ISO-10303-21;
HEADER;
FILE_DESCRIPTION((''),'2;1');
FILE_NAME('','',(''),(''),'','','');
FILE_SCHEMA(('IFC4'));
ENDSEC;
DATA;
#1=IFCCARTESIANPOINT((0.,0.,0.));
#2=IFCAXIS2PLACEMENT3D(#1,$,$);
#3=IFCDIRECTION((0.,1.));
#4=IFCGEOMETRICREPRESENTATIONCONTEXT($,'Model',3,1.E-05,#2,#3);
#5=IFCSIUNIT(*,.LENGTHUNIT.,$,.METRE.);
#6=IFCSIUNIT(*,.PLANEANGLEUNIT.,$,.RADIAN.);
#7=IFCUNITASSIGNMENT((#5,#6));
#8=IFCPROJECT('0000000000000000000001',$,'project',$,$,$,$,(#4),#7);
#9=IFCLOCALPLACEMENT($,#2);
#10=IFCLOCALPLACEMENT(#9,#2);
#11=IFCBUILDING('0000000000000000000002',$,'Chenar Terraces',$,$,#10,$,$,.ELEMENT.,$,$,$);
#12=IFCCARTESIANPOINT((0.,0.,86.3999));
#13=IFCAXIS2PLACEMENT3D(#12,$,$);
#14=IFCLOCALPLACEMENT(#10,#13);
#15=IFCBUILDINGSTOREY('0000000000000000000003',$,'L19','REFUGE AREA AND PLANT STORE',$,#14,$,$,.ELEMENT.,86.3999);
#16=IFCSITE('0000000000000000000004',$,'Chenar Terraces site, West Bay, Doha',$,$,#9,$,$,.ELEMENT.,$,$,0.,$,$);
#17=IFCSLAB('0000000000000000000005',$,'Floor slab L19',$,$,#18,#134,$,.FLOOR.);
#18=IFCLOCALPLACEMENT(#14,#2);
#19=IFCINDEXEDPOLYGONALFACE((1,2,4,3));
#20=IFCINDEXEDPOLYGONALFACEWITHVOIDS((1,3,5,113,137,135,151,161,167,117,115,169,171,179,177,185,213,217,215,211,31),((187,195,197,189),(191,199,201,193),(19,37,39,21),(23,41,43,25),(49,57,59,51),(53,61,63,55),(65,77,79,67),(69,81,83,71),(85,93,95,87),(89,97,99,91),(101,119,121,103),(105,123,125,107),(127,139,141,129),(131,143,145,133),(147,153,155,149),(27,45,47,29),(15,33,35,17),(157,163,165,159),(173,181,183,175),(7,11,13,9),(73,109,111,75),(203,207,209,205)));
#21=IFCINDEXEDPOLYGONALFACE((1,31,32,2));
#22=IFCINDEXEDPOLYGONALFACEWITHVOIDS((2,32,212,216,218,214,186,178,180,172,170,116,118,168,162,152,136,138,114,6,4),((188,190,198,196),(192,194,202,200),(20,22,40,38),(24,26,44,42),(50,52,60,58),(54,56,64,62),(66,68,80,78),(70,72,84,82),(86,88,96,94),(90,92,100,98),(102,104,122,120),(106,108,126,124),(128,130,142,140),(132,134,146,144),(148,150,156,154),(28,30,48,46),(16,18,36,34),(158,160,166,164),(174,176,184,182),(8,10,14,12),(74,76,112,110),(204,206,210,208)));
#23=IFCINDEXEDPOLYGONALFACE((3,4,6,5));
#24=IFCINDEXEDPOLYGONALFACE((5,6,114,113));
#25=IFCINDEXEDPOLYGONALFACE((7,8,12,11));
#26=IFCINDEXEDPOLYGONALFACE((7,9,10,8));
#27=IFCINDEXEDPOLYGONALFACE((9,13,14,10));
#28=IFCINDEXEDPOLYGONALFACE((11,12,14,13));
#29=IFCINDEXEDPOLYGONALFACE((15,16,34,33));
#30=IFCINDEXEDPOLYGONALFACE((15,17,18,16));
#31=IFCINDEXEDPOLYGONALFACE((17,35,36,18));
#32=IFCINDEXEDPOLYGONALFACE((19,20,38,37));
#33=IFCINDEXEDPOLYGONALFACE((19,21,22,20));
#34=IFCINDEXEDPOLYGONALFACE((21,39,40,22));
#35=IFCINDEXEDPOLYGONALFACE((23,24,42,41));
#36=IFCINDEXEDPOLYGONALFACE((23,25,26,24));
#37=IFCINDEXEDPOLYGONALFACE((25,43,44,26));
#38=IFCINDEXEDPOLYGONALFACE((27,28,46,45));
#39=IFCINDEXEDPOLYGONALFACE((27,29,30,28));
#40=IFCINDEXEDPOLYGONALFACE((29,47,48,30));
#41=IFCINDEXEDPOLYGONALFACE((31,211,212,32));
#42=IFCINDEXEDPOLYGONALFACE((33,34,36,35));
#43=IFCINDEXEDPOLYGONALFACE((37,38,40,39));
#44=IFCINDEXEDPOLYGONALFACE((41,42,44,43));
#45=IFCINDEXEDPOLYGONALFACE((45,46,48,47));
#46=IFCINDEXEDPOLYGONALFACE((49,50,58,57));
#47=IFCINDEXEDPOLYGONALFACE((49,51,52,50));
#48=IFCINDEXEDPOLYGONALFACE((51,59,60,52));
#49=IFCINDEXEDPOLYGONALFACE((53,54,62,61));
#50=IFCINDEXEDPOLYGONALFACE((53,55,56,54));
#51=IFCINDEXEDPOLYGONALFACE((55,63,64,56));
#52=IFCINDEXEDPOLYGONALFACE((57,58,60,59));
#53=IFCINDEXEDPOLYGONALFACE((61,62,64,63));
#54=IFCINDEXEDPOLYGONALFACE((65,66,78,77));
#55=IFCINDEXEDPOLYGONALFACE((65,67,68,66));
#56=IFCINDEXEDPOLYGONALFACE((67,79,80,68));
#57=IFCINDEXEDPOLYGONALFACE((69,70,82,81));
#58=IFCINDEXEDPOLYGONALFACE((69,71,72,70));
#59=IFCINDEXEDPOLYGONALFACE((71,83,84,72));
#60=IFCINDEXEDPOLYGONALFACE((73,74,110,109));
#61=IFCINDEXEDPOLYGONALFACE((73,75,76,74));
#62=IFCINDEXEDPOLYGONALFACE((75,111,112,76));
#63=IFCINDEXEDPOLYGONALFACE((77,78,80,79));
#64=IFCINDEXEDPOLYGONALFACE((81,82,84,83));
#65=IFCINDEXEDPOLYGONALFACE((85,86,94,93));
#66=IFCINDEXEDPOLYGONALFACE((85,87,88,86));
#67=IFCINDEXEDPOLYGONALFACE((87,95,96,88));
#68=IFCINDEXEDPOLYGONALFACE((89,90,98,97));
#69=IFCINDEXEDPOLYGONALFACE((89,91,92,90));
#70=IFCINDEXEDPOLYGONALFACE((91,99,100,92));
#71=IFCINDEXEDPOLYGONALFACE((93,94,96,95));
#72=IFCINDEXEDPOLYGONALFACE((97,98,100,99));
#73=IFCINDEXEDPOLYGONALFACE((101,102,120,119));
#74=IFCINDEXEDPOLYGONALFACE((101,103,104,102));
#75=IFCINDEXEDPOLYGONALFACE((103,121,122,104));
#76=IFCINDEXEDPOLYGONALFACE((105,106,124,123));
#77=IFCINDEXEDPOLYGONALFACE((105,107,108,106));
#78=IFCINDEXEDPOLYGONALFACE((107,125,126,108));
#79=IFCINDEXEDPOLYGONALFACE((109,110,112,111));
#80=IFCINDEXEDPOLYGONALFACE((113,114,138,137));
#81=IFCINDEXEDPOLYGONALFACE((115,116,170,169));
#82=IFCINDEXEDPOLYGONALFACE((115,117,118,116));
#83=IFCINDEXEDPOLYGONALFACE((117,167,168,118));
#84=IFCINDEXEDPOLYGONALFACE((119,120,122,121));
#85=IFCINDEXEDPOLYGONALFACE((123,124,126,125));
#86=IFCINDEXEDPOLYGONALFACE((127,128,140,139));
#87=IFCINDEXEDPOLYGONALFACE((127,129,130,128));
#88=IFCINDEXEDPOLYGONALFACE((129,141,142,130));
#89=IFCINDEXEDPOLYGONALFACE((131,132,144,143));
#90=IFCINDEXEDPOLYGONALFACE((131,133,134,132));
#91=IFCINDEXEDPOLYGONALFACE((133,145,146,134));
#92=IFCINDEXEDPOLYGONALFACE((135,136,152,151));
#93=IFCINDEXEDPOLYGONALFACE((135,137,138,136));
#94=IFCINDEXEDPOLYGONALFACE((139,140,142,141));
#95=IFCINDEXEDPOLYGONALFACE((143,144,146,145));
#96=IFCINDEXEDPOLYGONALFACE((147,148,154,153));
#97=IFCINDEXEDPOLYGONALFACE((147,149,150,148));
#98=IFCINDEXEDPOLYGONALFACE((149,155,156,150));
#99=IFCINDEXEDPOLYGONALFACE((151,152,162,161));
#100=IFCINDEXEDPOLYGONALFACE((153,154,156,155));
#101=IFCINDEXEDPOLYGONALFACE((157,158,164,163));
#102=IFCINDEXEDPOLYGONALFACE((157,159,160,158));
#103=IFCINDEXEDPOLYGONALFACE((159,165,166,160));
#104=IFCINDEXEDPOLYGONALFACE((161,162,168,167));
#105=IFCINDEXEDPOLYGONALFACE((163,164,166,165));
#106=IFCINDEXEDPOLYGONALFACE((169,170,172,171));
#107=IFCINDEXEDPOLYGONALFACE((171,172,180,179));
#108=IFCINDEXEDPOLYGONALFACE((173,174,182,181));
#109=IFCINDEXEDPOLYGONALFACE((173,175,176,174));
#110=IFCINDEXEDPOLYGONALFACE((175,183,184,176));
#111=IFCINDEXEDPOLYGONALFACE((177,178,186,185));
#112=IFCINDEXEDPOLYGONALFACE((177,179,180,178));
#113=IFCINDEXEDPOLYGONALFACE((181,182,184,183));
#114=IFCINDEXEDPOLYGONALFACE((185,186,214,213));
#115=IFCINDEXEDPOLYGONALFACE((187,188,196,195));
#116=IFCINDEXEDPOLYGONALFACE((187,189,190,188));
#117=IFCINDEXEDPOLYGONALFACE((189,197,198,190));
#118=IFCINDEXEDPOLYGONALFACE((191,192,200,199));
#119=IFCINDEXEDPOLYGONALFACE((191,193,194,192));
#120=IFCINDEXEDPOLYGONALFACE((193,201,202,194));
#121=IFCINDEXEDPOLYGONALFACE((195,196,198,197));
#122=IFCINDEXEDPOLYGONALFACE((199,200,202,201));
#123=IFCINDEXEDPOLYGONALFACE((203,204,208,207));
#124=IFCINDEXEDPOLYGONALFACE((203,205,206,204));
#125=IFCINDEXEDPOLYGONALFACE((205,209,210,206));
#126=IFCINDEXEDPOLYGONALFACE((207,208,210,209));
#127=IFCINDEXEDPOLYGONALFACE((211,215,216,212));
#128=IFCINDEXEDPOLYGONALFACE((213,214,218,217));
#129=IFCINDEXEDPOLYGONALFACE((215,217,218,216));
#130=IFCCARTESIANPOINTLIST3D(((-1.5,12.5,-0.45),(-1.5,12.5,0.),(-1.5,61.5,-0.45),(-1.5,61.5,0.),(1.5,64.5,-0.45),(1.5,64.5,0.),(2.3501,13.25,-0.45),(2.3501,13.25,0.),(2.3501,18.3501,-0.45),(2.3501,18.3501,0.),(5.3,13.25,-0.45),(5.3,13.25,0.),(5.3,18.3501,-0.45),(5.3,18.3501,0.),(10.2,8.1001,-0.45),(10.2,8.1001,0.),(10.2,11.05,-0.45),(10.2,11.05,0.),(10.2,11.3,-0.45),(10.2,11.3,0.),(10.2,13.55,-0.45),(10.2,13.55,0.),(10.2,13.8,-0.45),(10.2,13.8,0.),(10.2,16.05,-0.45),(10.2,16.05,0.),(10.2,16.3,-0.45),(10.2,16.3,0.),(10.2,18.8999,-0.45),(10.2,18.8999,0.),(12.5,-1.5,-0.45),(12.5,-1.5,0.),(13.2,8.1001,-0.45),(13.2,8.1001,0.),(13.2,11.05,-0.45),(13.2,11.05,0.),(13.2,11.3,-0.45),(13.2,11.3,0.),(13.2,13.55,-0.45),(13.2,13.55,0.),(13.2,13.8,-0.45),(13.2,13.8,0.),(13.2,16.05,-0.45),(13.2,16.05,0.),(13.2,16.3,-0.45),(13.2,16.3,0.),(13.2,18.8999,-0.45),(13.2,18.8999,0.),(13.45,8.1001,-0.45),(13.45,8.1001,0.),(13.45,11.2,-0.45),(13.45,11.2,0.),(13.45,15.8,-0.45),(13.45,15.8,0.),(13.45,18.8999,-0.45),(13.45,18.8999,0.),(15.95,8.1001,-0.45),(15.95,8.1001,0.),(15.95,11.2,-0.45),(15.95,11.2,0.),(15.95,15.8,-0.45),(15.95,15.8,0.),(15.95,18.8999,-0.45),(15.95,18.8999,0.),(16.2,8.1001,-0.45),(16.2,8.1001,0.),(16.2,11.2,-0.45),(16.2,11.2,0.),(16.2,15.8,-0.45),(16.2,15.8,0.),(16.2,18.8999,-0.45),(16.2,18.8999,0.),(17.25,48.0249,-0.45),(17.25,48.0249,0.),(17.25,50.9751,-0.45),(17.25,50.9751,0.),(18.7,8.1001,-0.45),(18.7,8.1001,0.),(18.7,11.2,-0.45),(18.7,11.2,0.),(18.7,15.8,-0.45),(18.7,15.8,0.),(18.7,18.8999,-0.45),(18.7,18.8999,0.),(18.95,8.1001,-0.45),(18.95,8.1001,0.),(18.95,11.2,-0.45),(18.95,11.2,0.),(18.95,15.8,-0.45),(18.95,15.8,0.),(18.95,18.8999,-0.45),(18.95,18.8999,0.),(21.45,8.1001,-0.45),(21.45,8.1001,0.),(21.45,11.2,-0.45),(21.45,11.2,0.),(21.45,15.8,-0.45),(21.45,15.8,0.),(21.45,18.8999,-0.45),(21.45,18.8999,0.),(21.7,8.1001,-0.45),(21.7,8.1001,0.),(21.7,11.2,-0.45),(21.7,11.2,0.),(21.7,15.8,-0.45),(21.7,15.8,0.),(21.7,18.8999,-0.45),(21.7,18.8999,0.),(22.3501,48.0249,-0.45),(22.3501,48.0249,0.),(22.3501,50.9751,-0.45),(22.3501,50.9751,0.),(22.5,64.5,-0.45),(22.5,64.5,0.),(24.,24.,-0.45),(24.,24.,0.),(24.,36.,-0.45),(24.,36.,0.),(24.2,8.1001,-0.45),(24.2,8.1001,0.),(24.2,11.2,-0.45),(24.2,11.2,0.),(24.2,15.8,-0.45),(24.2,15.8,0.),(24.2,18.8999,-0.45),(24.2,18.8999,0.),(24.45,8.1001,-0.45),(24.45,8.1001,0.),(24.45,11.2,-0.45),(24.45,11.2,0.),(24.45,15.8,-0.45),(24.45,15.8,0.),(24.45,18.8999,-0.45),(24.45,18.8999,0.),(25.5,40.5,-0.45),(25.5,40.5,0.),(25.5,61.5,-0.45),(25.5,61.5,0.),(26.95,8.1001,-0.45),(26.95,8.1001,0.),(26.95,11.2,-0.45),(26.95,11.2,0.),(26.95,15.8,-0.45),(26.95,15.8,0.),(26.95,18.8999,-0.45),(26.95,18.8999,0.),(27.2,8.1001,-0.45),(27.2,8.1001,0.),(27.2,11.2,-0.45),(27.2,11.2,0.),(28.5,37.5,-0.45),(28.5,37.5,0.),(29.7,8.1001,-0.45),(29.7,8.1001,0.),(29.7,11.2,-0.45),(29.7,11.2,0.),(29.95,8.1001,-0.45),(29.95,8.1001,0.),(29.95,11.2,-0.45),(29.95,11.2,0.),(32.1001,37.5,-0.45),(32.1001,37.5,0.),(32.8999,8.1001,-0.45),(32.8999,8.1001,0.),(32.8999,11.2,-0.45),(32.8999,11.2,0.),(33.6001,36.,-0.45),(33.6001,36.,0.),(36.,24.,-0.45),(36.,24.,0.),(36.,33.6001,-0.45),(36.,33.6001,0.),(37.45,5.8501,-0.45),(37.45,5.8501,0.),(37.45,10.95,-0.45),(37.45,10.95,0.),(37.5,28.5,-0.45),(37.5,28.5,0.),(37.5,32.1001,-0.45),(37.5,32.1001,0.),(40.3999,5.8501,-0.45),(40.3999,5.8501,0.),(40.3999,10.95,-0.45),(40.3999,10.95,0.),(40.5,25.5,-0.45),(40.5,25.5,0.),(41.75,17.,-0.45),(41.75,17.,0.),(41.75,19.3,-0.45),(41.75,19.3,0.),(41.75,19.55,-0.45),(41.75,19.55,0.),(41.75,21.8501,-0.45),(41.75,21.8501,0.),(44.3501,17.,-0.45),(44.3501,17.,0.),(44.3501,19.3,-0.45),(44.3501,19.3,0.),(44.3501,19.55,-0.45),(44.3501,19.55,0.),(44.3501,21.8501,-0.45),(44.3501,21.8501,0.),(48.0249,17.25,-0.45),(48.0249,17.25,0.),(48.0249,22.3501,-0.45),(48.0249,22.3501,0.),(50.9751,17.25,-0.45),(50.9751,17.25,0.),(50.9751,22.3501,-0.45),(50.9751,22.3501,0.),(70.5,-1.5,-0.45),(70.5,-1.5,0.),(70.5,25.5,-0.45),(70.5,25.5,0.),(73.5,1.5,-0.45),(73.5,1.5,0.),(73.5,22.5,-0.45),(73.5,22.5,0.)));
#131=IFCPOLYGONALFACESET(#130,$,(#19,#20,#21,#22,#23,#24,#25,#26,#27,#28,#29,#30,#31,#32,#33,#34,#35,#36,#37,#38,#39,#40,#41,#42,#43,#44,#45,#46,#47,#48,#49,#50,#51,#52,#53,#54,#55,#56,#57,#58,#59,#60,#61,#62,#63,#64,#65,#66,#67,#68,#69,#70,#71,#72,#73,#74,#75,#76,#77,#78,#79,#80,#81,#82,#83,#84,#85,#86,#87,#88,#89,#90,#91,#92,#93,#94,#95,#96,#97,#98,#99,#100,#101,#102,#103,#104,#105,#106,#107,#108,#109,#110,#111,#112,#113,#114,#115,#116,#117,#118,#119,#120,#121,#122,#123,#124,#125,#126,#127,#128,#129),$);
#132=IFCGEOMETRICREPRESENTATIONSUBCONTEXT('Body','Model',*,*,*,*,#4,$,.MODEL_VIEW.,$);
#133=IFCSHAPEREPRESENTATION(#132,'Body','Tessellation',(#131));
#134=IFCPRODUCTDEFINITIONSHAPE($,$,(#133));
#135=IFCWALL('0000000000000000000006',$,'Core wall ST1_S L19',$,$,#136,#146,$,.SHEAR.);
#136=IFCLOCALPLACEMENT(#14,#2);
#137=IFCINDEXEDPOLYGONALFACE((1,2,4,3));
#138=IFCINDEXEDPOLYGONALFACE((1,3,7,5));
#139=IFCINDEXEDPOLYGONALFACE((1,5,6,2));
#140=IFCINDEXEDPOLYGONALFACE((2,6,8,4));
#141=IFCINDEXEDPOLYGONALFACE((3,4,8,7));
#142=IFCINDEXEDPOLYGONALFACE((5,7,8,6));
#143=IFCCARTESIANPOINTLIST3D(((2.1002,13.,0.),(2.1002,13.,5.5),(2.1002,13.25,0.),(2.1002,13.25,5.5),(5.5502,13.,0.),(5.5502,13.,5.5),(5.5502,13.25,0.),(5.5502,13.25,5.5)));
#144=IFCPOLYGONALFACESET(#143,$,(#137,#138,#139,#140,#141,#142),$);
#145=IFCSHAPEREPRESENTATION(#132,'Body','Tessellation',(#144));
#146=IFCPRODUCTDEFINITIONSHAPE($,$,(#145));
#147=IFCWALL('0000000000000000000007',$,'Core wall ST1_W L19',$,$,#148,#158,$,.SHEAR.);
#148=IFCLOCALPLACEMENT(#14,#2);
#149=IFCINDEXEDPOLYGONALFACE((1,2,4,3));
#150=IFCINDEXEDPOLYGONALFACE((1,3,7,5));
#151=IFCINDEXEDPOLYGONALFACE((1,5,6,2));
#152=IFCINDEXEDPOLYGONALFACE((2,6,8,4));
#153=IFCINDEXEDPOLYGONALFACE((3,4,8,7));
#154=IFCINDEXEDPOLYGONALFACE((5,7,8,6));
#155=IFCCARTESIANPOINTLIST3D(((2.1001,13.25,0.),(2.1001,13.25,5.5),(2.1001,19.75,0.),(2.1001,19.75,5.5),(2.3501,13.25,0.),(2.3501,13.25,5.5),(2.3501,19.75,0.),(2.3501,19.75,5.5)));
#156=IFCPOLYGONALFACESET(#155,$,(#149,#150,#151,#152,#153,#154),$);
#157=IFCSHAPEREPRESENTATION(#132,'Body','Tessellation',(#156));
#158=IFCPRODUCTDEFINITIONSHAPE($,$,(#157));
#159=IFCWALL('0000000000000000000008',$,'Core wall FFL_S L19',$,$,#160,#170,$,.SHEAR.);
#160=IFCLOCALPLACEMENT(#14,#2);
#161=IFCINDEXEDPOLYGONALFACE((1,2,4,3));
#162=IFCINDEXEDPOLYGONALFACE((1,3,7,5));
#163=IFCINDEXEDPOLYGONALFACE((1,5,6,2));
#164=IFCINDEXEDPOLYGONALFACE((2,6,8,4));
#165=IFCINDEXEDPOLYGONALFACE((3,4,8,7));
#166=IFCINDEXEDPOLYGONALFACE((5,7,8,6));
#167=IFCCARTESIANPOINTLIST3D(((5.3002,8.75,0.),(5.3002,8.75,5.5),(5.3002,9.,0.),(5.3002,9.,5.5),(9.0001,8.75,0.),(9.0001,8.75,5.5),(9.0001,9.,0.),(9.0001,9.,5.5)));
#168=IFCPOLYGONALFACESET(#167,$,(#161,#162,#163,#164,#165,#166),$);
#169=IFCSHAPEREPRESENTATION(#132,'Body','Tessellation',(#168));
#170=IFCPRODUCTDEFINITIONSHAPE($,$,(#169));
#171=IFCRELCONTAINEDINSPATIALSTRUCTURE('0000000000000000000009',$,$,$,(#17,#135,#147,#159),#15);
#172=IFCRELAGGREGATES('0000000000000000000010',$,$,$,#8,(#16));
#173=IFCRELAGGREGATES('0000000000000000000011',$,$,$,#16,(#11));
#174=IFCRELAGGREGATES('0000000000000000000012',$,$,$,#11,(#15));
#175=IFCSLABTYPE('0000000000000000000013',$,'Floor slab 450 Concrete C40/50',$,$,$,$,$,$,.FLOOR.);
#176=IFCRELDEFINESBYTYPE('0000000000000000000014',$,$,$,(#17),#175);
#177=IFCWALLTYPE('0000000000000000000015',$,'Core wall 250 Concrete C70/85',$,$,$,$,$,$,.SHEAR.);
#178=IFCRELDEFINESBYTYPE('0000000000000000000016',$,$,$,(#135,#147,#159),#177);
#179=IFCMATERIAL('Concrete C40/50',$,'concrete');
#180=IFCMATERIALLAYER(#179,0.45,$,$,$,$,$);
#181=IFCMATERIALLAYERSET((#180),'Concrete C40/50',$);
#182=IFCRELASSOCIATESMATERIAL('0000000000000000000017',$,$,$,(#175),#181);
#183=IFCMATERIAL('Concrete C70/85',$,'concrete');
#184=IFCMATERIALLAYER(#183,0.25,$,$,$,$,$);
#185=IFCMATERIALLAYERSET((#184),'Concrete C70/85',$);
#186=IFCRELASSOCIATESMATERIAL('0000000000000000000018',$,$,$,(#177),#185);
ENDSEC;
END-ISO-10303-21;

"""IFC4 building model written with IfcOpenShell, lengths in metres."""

from ifc_helpers import new_model, si_unit, direction, frame, frame_2d, origin, place, context, subcontext, project, spatial, polyline, rectangle, outline, extrude, material, layer, layer_set, type_object, element, save


model = new_model("IFC4")

# Units and contexts
model_context = context("Model", 3, precision=1e-05, world=origin(), true_north=direction((0.0, 1.0)))
body_context = subcontext(model_context, "Body", "Model", "MODEL_VIEW")
ifc_project = project(units=[si_unit("LENGTHUNIT", "METRE"), si_unit("PLANEANGLEUNIT", "RADIAN")], contexts=[model_context])

# Site, building, storey
site_placement = place(None, origin())
site = spatial("IfcSite", under=ifc_project, at=site_placement, Name="Chenar Terraces site, West Bay, Doha", CompositionType="ELEMENT", RefElevation=0.0)
building_placement = place(site_placement, origin())
building = spatial("IfcBuilding", under=site, at=building_placement, Name="Chenar Terraces", CompositionType="ELEMENT")
storey_placement = place(building_placement, frame((0.0, 0.0, 86.3999)))
storey = spatial("IfcBuildingStorey", under=building, at=storey_placement, Name="L19", Description="REFUGE AREA AND PLANT STORE", CompositionType="ELEMENT", Elevation=86.3999)

# Slab
ifc_material_1 = material(Name="Concrete C40/50", Category="concrete")
ifc_layer_1 = layer(ifc_material_1, 0.45)
ifc_layer_set_1 = layer_set([ifc_layer_1], Name="Concrete C40/50")
slab_type_1 = type_object("IfcSlabType", Name="Floor slab 450 Concrete C40/50", PredefinedType="FLOOR", material=ifc_layer_set_1)
slab_1_placement = place(storey_placement, frame((0.0, 0.0, -0.45)))
element("IfcSlab", 1, at=slab_1_placement, inside=storey, type_object=slab_type_1, Name="Floor slab L19", PredefinedType="FLOOR", context=body_context, shape_type="SweptSolid", body=[
    extrude(outline(polyline([(73.5, 22.5), (73.5, 1.5), (70.5, -1.5), (12.5, -1.5), (-1.5, 12.5), (-1.5, 61.5), (1.5, 64.5), (22.5, 64.5), (25.5, 61.5), (25.5, 40.5), (28.5, 37.5), (32.1001, 37.5), (33.6001, 36.0), (24.0, 36.0), (24.0, 24.0), (36.0, 24.0), (36.0, 33.6001), (37.5, 32.1001), (37.5, 28.5), (40.5, 25.5), (70.5, 25.5), (73.5, 22.5)]), holes=[polyline([(13.2, 11.05), (10.2, 11.05), (10.2, 8.1001), (13.2, 8.1001), (13.2, 11.05)]), polyline([(15.95, 11.2), (13.45, 11.2), (13.45, 8.1001), (15.95, 8.1001), (15.95, 11.2)]), polyline([(18.7, 11.2), (16.2, 11.2), (16.2, 8.1001), (18.7, 8.1001), (18.7, 11.2)]), polyline([(21.45, 8.1001), (21.45, 11.2), (18.95, 11.2), (18.95, 8.1001), (21.45, 8.1001)]), polyline([(13.2, 11.3), (13.2, 13.55), (10.2, 13.55), (10.2, 11.3), (13.2, 11.3)]), polyline([(13.2, 16.05), (10.2, 16.05), (10.2, 13.8), (13.2, 13.8), (13.2, 16.05)]), polyline([(2.3501, 18.3501), (2.3501, 13.25), (5.3, 13.25), (5.3, 18.3501), (2.3501, 18.3501)]), polyline([(15.95, 15.8), (15.95, 18.8999), (13.45, 18.8999), (13.45, 15.8), (15.95, 15.8)]), polyline([(18.7, 18.8999), (16.2, 18.8999), (16.2, 15.8), (18.7, 15.8), (18.7, 18.8999)]), polyline([(21.45, 15.8), (21.45, 18.8999), (18.95, 18.8999), (18.95, 15.8), (21.45, 15.8)]), polyline([(13.2, 16.3), (13.2, 18.8999), (10.2, 18.8999), (10.2, 16.3), (13.2, 16.3)]), polyline([(22.3501, 48.0249), (22.3501, 50.9751), (17.25, 50.9751), (17.25, 48.0249), (22.3501, 48.0249)]), polyline([(37.45, 10.95), (37.45, 5.8501), (40.3999, 5.8501), (40.3999, 10.95), (37.45, 10.95)]), polyline([(24.2, 8.1001), (24.2, 11.2), (21.7, 11.2), (21.7, 8.1001), (24.2, 8.1001)]), polyline([(26.95, 11.2), (24.45, 11.2), (24.45, 8.1001), (26.95, 8.1001), (26.95, 11.2)]), polyline([(29.7, 8.1001), (29.7, 11.2), (27.2, 11.2), (27.2, 8.1001), (29.7, 8.1001)]), polyline([(32.8999, 8.1001), (32.8999, 11.2), (29.95, 11.2), (29.95, 8.1001), (32.8999, 8.1001)]), polyline([(24.2, 18.8999), (21.7, 18.8999), (21.7, 15.8), (24.2, 15.8), (24.2, 18.8999)]), polyline([(26.95, 15.8), (26.95, 18.8999), (24.45, 18.8999), (24.45, 15.8), (26.95, 15.8)]), polyline([(44.3501, 17.0), (44.3501, 19.3), (41.75, 19.3), (41.75, 17.0), (44.3501, 17.0)]), polyline([(50.9751, 22.3501), (48.0249, 22.3501), (48.0249, 17.25), (50.9751, 17.25), (50.9751, 22.3501)]), polyline([(44.3501, 19.55), (44.3501, 21.8501), (41.75, 21.8501), (41.75, 19.55), (44.3501, 19.55)])]), origin(), (0.0, 0.0, 1.0), 0.45),
])

# Walls
ifc_material_2 = material(Name="Concrete C70/85", Category="concrete")
ifc_layer_2 = layer(ifc_material_2, 0.25)
ifc_layer_set_2 = layer_set([ifc_layer_2], Name="Concrete C70/85")
wall_type_1 = type_object("IfcWallType", Name="Core wall 250 Concrete C70/85", PredefinedType="SHEAR", material=ifc_layer_set_2)
wall_1_placement = place(storey_placement, frame((2.1001, 13.125, 0.0), z_axis=(0.0, 0.0, 1.0), x_axis=(1.0, 0.0, 0.0)))
element("IfcWall", 2, at=wall_1_placement, inside=storey, type_object=wall_type_1, Name="Core wall ST1_S L19", PredefinedType="SHEAR", context=body_context, shape_type="SweptSolid", body=[
    extrude(rectangle(XDim=3.45, YDim=0.25, at=frame_2d((1.7251, 0.0))), origin(), (0.0, 0.0, 1.0), 5.5),
])
wall_2_placement = place(storey_placement, frame((2.2251, 13.25, 0.0), z_axis=(0.0, 0.0, 1.0), x_axis=(0.0, 1.0, 0.0)))
element("IfcWall", 3, at=wall_2_placement, inside=storey, type_object=wall_type_1, Name="Core wall ST1_W L19", PredefinedType="SHEAR", context=body_context, shape_type="SweptSolid", body=[
    extrude(rectangle(XDim=6.5, YDim=0.25, at=frame_2d((3.25, 0.0))), origin(), (0.0, 0.0, 1.0), 5.5),
])
wall_3_placement = place(storey_placement, frame((5.3, 8.875, 0.0), z_axis=(0.0, 0.0, 1.0), x_axis=(1.0, 0.0, 0.0)))
element("IfcWall", 4, at=wall_3_placement, inside=storey, type_object=wall_type_1, Name="Core wall FFL_S L19", PredefinedType="SHEAR", context=body_context, shape_type="SweptSolid", body=[
    extrude(rectangle(XDim=3.7, YDim=0.25, at=frame_2d((1.8501, 0.0))), origin(), (0.0, 0.0, 1.0), 5.5),
])

save(model, "model.ifc")
